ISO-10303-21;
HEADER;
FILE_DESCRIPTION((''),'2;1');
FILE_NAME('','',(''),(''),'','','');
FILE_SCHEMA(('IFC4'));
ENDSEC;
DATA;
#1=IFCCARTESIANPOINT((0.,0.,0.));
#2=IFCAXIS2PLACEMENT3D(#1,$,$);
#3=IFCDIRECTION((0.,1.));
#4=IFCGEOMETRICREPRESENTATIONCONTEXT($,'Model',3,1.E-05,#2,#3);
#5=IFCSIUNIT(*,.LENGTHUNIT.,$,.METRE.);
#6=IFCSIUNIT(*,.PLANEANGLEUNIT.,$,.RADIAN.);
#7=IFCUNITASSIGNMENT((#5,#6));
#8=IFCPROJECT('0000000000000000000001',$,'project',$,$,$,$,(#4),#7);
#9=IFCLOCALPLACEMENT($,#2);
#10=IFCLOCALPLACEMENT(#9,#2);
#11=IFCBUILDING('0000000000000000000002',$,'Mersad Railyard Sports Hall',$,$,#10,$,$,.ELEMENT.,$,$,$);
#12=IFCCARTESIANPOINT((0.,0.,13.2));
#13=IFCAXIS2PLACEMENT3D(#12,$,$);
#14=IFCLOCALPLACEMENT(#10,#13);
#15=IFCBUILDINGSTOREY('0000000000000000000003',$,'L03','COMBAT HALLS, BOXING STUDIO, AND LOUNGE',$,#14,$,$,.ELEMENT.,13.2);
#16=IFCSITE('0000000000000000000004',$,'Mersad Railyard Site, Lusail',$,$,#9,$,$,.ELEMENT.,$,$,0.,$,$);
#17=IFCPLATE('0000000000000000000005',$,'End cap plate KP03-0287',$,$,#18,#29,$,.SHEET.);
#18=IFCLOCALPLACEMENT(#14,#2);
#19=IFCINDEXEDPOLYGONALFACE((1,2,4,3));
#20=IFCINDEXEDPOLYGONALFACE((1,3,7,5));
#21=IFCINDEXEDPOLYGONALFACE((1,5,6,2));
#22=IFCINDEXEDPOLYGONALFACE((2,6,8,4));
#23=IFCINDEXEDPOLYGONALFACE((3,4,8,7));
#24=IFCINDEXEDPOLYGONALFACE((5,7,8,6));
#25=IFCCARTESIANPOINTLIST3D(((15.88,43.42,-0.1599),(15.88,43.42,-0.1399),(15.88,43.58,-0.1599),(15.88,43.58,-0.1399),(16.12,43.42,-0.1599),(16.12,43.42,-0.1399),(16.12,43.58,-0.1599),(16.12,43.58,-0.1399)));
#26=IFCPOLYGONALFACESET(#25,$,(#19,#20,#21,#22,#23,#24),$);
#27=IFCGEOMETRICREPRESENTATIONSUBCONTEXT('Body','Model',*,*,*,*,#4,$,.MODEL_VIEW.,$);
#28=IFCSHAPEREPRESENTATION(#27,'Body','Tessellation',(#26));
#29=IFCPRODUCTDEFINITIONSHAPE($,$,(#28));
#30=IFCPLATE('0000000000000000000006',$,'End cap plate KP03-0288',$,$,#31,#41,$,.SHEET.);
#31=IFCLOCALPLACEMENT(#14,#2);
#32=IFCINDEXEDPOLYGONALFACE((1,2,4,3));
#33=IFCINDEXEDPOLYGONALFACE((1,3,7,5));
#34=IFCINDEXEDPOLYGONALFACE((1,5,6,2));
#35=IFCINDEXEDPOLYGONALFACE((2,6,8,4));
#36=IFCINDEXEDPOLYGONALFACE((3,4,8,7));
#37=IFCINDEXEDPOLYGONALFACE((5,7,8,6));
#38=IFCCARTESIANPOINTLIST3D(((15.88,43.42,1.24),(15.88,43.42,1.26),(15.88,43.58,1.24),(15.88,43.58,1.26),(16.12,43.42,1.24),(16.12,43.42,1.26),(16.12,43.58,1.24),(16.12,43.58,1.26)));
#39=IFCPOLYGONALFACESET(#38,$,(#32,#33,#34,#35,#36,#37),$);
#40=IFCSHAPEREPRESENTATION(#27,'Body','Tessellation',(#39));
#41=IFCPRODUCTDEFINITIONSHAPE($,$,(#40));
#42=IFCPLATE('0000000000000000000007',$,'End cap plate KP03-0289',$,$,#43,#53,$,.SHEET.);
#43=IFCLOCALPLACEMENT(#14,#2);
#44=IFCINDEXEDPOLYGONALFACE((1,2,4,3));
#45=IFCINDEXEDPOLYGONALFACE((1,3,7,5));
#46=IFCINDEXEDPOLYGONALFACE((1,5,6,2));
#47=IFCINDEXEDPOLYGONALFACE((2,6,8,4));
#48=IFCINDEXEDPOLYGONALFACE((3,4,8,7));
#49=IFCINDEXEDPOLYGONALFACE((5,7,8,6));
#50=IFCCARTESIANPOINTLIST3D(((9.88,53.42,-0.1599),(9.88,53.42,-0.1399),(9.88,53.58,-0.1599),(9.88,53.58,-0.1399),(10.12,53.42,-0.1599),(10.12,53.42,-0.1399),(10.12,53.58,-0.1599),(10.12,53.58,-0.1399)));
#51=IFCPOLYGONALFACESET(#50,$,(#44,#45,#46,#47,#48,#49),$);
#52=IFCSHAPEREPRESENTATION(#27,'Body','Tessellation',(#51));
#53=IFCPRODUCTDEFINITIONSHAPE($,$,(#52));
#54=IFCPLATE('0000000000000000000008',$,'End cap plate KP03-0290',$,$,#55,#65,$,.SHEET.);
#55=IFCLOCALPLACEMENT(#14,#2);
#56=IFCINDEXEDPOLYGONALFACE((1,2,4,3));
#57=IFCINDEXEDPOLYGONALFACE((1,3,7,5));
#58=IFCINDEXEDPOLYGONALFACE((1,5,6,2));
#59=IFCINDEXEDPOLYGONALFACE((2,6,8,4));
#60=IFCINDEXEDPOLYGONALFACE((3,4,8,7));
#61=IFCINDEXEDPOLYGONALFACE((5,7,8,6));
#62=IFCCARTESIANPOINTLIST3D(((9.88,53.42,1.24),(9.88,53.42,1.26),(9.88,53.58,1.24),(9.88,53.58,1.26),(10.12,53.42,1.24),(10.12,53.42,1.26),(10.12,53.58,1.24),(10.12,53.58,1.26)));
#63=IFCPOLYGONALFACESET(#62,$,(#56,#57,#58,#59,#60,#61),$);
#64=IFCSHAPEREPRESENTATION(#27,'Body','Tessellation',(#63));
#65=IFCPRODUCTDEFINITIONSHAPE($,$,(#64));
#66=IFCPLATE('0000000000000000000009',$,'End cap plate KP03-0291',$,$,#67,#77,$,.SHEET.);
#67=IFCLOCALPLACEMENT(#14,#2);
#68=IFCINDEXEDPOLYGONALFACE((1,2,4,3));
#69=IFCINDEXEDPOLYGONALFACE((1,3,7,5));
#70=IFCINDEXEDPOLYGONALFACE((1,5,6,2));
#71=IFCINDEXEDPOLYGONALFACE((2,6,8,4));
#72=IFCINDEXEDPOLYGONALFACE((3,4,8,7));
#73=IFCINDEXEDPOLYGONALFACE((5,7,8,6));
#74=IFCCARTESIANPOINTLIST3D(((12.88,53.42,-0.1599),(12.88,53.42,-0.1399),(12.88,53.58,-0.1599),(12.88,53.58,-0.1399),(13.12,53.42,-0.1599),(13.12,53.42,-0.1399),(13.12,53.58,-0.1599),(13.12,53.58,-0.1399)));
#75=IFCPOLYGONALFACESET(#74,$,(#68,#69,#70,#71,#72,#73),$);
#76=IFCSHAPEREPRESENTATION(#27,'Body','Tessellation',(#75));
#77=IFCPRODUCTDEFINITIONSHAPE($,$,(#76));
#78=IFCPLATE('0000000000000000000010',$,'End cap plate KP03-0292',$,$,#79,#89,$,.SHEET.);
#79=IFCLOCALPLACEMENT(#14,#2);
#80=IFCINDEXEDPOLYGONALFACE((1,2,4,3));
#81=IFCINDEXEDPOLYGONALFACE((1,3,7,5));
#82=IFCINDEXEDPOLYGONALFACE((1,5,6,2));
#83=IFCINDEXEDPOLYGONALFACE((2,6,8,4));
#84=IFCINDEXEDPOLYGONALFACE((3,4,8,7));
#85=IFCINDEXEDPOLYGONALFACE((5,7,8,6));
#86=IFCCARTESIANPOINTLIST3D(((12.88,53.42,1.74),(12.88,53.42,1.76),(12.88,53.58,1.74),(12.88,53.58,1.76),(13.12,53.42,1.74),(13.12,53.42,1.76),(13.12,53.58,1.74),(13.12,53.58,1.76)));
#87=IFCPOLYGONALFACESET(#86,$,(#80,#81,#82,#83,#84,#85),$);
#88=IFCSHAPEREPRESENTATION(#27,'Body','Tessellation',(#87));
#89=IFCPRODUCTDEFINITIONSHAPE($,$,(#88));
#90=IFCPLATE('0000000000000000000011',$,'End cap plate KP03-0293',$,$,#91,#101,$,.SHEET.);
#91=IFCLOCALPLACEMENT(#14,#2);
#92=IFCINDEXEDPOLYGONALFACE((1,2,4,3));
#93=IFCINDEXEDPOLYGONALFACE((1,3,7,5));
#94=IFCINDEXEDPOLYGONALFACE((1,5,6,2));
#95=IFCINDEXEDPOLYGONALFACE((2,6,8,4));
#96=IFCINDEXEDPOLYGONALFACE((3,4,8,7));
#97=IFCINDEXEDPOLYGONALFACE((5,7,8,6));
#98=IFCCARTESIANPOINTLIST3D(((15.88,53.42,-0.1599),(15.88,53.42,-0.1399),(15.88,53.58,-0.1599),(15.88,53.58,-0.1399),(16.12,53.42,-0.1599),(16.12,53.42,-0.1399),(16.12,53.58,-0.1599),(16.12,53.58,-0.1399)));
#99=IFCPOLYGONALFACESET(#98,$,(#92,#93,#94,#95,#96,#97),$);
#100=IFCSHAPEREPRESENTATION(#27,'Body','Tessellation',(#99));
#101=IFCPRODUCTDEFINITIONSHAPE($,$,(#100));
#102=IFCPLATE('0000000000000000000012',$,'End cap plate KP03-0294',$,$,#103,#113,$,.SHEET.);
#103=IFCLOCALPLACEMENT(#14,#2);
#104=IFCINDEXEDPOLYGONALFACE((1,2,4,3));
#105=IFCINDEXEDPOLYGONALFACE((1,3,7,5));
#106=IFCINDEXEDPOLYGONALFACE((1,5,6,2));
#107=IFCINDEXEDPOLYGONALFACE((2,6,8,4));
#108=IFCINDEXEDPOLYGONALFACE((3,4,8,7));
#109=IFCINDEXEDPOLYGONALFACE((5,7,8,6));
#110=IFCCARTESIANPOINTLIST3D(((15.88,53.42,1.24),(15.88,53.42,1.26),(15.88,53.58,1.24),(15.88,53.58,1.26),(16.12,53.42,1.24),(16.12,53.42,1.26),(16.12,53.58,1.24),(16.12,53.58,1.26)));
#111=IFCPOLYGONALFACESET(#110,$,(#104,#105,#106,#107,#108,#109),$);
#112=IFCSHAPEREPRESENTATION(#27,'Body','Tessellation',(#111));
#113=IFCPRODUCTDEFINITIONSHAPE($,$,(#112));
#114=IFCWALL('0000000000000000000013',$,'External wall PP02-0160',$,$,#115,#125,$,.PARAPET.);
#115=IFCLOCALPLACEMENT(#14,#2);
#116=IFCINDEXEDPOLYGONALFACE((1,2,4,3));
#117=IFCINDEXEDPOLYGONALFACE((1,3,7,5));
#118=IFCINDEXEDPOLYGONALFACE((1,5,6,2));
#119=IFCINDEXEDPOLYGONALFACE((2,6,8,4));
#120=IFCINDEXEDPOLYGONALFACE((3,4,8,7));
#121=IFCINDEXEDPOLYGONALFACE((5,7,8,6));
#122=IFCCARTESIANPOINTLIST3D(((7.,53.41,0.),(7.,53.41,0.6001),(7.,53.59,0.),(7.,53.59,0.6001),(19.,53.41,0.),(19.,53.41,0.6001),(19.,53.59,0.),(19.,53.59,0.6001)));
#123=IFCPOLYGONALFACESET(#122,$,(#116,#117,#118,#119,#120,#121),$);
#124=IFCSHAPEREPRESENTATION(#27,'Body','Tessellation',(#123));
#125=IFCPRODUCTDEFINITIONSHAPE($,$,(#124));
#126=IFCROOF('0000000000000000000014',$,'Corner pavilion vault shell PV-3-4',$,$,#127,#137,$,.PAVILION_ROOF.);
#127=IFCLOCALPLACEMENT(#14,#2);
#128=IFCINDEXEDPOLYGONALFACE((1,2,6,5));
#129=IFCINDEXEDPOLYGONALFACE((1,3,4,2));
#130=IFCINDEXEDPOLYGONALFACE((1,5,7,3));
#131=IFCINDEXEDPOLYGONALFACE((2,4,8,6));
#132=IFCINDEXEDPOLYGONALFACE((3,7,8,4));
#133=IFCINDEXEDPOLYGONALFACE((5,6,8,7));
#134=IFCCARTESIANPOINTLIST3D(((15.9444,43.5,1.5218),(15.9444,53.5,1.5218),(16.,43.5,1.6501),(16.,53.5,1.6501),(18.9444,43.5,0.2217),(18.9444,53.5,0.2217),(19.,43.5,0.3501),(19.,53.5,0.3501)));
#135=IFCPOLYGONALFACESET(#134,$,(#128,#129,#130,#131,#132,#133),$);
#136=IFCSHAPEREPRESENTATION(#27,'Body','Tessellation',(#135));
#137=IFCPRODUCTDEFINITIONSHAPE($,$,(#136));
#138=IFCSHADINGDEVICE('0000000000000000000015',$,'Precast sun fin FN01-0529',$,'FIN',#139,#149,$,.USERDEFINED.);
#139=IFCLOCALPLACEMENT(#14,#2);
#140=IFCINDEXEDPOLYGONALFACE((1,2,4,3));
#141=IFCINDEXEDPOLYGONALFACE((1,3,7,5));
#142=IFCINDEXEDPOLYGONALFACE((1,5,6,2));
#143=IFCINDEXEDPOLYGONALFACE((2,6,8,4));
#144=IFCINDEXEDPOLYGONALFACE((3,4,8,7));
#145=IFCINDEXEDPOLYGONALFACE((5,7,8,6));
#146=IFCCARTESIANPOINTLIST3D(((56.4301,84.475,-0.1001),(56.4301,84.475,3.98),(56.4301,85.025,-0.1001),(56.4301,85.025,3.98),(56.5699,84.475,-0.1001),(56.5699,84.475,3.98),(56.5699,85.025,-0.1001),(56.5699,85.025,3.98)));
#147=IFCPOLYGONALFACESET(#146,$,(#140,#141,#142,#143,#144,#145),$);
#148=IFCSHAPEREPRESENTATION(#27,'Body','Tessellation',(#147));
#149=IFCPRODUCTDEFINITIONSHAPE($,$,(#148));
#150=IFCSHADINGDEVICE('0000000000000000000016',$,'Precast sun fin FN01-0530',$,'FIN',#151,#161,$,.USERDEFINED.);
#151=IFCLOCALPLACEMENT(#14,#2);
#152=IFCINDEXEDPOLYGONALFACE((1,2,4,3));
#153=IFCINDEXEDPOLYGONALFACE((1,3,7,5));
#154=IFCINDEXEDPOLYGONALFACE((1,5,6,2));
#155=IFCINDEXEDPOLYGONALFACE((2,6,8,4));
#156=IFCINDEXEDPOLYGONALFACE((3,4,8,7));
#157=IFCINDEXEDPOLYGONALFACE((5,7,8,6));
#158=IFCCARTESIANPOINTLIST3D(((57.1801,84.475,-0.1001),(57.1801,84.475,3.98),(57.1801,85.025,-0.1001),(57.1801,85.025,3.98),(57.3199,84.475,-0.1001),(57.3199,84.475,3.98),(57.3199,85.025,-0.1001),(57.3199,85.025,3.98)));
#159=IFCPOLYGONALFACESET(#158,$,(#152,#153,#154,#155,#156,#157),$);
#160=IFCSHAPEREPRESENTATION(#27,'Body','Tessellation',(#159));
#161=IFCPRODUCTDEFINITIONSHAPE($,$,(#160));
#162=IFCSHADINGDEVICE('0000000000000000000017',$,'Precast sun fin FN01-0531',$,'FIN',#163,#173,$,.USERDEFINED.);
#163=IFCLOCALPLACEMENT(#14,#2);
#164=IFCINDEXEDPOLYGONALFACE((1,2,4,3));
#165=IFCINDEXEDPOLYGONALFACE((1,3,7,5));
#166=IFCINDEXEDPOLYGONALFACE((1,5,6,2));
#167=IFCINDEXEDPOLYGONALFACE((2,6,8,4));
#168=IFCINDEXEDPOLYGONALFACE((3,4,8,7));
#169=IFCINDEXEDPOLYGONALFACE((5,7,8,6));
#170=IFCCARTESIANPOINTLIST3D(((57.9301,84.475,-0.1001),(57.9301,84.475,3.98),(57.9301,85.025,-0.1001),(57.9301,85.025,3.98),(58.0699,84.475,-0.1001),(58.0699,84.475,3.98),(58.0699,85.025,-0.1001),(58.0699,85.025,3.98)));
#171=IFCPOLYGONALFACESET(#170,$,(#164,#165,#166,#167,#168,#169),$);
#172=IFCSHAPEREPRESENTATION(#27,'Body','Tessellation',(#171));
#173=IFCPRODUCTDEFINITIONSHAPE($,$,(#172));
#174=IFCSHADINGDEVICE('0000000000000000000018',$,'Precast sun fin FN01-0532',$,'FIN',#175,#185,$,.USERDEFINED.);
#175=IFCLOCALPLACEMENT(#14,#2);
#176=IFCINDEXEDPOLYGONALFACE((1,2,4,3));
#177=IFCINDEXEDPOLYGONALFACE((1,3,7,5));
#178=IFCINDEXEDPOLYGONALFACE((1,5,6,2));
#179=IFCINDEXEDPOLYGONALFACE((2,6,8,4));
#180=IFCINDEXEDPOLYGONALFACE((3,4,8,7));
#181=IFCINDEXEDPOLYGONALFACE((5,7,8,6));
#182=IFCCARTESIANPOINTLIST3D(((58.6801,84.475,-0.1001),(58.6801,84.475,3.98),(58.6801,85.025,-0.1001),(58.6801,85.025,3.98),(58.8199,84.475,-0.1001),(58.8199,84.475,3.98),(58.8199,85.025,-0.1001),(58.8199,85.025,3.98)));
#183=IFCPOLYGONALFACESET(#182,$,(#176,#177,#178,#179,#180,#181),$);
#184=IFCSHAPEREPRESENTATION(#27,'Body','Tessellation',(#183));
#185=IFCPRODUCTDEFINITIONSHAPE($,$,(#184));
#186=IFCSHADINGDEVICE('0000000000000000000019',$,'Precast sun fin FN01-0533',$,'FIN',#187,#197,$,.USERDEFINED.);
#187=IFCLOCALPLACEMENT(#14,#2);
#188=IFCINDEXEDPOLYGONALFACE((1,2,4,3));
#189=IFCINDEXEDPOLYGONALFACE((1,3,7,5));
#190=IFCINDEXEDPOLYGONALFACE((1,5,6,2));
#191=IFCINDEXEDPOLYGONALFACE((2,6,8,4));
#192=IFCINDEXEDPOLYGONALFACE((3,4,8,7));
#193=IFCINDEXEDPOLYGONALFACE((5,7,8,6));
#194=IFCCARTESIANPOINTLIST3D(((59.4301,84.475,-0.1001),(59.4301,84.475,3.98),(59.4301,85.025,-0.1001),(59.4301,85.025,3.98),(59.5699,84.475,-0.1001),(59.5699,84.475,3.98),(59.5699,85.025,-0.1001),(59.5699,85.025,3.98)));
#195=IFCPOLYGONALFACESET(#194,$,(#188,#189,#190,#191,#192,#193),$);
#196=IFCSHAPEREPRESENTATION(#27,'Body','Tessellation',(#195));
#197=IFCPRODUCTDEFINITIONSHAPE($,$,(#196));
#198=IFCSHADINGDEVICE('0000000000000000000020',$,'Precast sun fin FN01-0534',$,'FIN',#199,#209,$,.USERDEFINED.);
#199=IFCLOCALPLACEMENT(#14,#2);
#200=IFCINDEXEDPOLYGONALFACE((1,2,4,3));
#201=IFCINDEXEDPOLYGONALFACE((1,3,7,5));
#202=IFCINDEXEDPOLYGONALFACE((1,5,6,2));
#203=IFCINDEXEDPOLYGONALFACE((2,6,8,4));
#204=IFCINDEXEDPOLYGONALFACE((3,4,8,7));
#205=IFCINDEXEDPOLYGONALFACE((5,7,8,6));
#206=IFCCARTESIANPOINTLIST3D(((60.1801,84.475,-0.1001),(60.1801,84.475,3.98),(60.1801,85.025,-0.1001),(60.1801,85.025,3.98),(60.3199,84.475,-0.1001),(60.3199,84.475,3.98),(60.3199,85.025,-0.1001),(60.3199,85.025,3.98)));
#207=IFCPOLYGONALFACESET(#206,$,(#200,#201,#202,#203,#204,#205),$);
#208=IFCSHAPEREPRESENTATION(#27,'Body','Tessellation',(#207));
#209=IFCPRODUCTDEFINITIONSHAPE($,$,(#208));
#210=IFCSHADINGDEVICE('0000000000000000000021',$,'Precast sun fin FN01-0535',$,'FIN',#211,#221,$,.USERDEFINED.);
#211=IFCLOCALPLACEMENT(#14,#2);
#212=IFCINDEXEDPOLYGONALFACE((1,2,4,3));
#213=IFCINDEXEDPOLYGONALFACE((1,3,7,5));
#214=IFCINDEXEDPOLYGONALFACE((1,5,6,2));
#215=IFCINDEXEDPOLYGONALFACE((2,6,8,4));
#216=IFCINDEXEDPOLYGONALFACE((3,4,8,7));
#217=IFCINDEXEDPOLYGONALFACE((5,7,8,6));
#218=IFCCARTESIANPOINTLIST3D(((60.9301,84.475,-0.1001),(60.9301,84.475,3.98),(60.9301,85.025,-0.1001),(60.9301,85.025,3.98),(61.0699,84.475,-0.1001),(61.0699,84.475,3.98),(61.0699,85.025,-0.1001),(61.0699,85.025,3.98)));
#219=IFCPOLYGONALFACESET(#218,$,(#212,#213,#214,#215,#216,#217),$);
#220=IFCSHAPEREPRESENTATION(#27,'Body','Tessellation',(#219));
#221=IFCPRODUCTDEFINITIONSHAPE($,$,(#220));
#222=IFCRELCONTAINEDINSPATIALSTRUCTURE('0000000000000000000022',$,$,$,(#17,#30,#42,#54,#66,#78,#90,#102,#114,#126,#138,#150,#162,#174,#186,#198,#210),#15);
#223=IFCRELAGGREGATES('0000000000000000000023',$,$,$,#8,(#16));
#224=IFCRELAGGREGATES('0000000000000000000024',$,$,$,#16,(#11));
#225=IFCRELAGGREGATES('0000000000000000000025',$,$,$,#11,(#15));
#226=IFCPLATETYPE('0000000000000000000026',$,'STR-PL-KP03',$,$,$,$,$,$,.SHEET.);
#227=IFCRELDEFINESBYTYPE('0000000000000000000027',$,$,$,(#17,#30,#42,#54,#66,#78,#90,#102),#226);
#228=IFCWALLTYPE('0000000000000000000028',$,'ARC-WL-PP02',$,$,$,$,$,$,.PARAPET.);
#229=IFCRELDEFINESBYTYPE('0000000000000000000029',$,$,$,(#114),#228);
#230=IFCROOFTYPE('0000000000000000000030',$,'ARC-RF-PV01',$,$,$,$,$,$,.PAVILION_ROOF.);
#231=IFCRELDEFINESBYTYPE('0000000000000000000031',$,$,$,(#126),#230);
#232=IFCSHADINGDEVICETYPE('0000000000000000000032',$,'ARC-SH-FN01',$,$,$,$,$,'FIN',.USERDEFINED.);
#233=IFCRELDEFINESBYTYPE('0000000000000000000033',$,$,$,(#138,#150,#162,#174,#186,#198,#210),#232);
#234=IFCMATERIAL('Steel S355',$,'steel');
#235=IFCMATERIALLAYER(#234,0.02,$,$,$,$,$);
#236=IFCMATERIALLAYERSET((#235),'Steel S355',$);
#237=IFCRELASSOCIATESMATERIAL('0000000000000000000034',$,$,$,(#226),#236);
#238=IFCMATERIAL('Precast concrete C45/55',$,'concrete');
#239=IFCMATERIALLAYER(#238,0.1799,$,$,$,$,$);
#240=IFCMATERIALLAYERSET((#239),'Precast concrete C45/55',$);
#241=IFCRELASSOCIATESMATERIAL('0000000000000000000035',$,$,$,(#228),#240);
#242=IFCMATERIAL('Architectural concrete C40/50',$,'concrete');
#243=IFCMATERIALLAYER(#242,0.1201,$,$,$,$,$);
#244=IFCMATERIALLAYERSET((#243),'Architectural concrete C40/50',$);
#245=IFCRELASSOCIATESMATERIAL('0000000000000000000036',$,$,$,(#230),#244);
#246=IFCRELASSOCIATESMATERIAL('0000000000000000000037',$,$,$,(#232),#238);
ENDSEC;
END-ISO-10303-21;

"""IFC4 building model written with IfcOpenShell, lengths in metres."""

from ifc_helpers import new_model, si_unit, direction, frame, frame_2d, origin, origin_2d, place, context, subcontext, project, spatial, polyline, rectangle, outline, extrude, material, layer, layer_set, type_object, element, save


model = new_model("IFC4")

# Units and contexts
model_context = context("Model", 3, precision=1e-05, world=origin(), true_north=direction((0.0, 1.0)))
body_context = subcontext(model_context, "Body", "Model", "MODEL_VIEW")
ifc_project = project(units=[si_unit("LENGTHUNIT", "METRE"), si_unit("PLANEANGLEUNIT", "RADIAN")], contexts=[model_context])

# Site, building, storey
site_placement = place(None, origin())
site = spatial("IfcSite", under=ifc_project, at=site_placement, Name="Mersad Railyard Site, Lusail", CompositionType="ELEMENT", RefElevation=0.0)
building_placement = place(site_placement, origin())
building = spatial("IfcBuilding", under=site, at=building_placement, Name="Mersad Railyard Sports Hall", CompositionType="ELEMENT")
storey_placement = place(building_placement, frame((0.0, 0.0, 13.2)))
storey = spatial("IfcBuildingStorey", under=building, at=storey_placement, Name="L03", Description="COMBAT HALLS, BOXING STUDIO, AND LOUNGE", CompositionType="ELEMENT", Elevation=13.2)

# Shared definitions
ifc_material_1 = material(Name="Steel S355", Category="steel")

# Plates
ifc_layer_1 = layer(ifc_material_1, 0.02)
ifc_layer_set_1 = layer_set([ifc_layer_1], Name="Steel S355")
plate_type = type_object("IfcPlateType", Name="STR-PL-KP03", PredefinedType="SHEET", material=ifc_layer_set_1)
for number, where, z_axis, x_axis, name in (
    (1, (16.0, 43.5, -0.1599), (0.0, 0.0, 1.0), (1.0, 0.0, 0.0), "End cap plate KP03-0287"),
    (2, (16.0, 43.5, 1.24), (0.0, 0.0, 1.0), (1.0, 0.0, 0.0), "End cap plate KP03-0288"),
    (3, (10.0, 53.5, -0.1599), (0.0, 0.0, 1.0), (1.0, 0.0, 0.0), "End cap plate KP03-0289"),
    (4, (10.0, 53.5, 1.24), (0.0, 0.0, 1.0), (1.0, 0.0, 0.0), "End cap plate KP03-0290"),
    (5, (13.0, 53.5, -0.1599), (0.0, 0.0, 1.0), (1.0, 0.0, 0.0), "End cap plate KP03-0291"),
    (6, (13.0, 53.5, 1.74), (0.0, 0.0, 1.0), (1.0, 0.0, 0.0), "End cap plate KP03-0292"),
    (7, (16.0, 53.5, -0.1599), (0.0, 0.0, 1.0), (1.0, 0.0, 0.0), "End cap plate KP03-0293"),
    (8, (16.0, 53.5, 1.24), (0.0, 0.0, 1.0), (1.0, 0.0, 0.0), "End cap plate KP03-0294"),
):
    element("IfcPlate", number, at=place(storey_placement, frame(where, z_axis=z_axis, x_axis=x_axis)), inside=storey, type_object=plate_type, Name=name, PredefinedType="SHEET", context=body_context, shape_type="SweptSolid", body=[
        extrude(rectangle(XDim=0.24, YDim=0.1599, at=origin_2d()), origin(), (0.0, 0.0, 1.0), 0.02),
    ])

# Wall
ifc_material_2 = material(Name="Precast concrete C45/55", Category="concrete")
ifc_layer_2 = layer(ifc_material_2, 0.1799)
ifc_layer_set_2 = layer_set([ifc_layer_2], Name="Precast concrete C45/55")
wall_type = type_object("IfcWallType", Name="ARC-WL-PP02", PredefinedType="PARAPET", material=ifc_layer_set_2)
wall_placement = place(storey_placement, frame((7.0, 53.5, 0.0), z_axis=(0.0, 0.0, 1.0), x_axis=(1.0, 0.0, 0.0)))
element("IfcWall", 9, at=wall_placement, inside=storey, type_object=wall_type, Name="External wall PP02-0160", PredefinedType="PARAPET", context=body_context, shape_type="SweptSolid", body=[
    extrude(rectangle(XDim=12.0, YDim=0.1799, at=frame_2d((6.0, 0.0))), origin(), (0.0, 0.0, 1.0), 0.6001),
])

# Roof
ifc_material_3 = material(Name="Architectural concrete C40/50", Category="concrete")
ifc_layer_3 = layer(ifc_material_3, 0.1201)
ifc_layer_set_3 = layer_set([ifc_layer_3], Name="Architectural concrete C40/50")
roof_type = type_object("IfcRoofType", Name="ARC-RF-PV01", PredefinedType="PAVILION_ROOF", material=ifc_layer_set_3)
roof_placement = place(storey_placement, frame((16.0, 43.5, 1.6501), z_axis=(0.39762, 0.0, 0.91755), x_axis=(0.91755, 0.0, -0.39762)))
element("IfcRoof", 10, at=roof_placement, inside=storey, type_object=roof_type, Name="Corner pavilion vault shell PV-3-4", PredefinedType="PAVILION_ROOF", context=body_context, shape_type="SweptSolid", body=[
    extrude(outline(polyline([(0.0, 0.0), (3.2696, 0.0), (3.2696, 10.0), (0.0, 10.0), (0.0, 0.0)])), origin(), (0.0, 0.0, -1.0), 0.1399),
])

# Shading devices
shading_device_type = type_object("IfcShadingDeviceType", Name="ARC-SH-FN01", ElementType="FIN", PredefinedType="USERDEFINED", material=ifc_material_2)
for number, where, z_axis, x_axis, name in (
    (11, (56.5, 84.75, -0.1001), (0.0, 0.0, 1.0), (1.0, 0.0, 0.0), "Precast sun fin FN01-0529"),
    (12, (57.25, 84.75, -0.1001), (0.0, 0.0, 1.0), (1.0, 0.0, 0.0), "Precast sun fin FN01-0530"),
    (13, (58.0, 84.75, -0.1001), (0.0, 0.0, 1.0), (1.0, 0.0, 0.0), "Precast sun fin FN01-0531"),
    (14, (58.75, 84.75, -0.1001), (0.0, 0.0, 1.0), (1.0, 0.0, 0.0), "Precast sun fin FN01-0532"),
    (15, (59.5, 84.75, -0.1001), (0.0, 0.0, 1.0), (1.0, 0.0, 0.0), "Precast sun fin FN01-0533"),
    (16, (60.25, 84.75, -0.1001), (0.0, 0.0, 1.0), (1.0, 0.0, 0.0), "Precast sun fin FN01-0534"),
    (17, (61.0, 84.75, -0.1001), (0.0, 0.0, 1.0), (1.0, 0.0, 0.0), "Precast sun fin FN01-0535"),
):
    element("IfcShadingDevice", number, at=place(storey_placement, frame(where, z_axis=z_axis, x_axis=x_axis)), inside=storey, type_object=shading_device_type, Name=name, ObjectType="FIN", PredefinedType="USERDEFINED", context=body_context, shape_type="SweptSolid", body=[
        extrude(rectangle(XDim=0.1399, YDim=0.55, at=origin_2d()), origin(), (0.0, 0.0, 1.0), 4.0801),
    ])

save(model, "model.ifc")
